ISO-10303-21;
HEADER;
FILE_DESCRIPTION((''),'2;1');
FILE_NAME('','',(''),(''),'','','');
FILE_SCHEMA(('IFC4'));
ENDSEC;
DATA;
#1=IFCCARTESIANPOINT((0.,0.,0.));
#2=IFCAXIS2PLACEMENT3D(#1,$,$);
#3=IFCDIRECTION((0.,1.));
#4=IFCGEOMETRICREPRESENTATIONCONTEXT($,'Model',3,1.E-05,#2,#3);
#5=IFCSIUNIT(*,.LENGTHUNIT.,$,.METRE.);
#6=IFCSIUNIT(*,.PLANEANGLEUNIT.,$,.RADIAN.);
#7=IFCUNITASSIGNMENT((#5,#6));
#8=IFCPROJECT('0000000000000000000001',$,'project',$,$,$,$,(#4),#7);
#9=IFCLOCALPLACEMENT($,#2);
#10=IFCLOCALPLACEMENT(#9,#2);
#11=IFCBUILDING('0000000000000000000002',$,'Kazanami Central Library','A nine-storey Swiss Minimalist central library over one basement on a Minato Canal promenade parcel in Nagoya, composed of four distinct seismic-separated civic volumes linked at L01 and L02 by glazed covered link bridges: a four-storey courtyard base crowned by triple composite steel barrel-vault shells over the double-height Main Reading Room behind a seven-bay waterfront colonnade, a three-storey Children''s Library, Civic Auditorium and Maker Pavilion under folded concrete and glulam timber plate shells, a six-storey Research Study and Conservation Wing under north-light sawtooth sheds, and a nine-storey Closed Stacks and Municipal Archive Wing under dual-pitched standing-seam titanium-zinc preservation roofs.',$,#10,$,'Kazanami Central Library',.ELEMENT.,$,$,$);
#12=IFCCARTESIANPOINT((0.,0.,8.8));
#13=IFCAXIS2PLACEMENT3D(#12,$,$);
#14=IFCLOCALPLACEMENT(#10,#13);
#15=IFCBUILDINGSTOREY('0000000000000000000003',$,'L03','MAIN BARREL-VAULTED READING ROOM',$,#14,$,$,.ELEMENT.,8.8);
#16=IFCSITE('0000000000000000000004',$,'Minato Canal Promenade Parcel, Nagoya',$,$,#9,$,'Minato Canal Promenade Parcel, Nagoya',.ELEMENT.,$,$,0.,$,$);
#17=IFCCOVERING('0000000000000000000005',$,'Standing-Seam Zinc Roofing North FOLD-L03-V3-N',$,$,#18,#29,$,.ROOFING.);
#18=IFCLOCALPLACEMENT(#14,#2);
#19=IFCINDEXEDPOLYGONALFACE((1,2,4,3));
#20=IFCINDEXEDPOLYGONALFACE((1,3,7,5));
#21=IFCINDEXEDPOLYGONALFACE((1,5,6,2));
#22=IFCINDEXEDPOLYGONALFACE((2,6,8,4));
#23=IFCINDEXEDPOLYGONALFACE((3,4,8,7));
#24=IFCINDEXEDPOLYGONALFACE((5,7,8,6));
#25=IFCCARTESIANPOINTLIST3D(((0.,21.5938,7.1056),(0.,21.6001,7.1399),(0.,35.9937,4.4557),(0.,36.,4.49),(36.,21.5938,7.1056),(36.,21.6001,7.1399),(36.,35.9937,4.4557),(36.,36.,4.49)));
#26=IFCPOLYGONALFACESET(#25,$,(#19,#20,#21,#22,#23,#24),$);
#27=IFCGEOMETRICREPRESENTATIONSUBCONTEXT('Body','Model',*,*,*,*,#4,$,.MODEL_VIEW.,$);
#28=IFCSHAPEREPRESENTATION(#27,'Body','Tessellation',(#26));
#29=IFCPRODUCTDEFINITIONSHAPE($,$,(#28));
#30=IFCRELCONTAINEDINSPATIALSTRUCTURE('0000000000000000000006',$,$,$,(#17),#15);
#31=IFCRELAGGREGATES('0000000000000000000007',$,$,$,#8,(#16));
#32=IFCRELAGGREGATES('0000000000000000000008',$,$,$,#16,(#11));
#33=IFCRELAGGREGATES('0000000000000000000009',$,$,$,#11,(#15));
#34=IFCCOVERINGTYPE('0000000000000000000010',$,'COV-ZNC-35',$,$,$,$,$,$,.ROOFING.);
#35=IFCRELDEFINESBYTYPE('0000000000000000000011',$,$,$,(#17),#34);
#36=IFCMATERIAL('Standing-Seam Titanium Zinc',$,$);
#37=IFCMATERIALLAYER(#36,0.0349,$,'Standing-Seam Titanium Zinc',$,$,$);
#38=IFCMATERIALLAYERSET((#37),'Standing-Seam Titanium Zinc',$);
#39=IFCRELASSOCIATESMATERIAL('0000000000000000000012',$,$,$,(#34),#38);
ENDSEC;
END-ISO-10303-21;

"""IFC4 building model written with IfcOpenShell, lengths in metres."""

from ifc_helpers import new_model, si_unit, direction, frame, origin, place, context, subcontext, project, spatial, polyline, outline, extrude, material, layer, layer_set, type_object, element, save


model = new_model("IFC4")

# Units and contexts
model_context = context("Model", 3, precision=1e-05, world=origin(), true_north=direction((0.0, 1.0)))
body_context = subcontext(model_context, "Body", "Model", "MODEL_VIEW")
ifc_project = project(units=[si_unit("LENGTHUNIT", "METRE"), si_unit("PLANEANGLEUNIT", "RADIAN")], contexts=[model_context])

# Site, building, storey
site_placement = place(None, origin())
site = spatial("IfcSite", under=ifc_project, at=site_placement, Name="Minato Canal Promenade Parcel, Nagoya", LongName="Minato Canal Promenade Parcel, Nagoya", CompositionType="ELEMENT", RefElevation=0.0)
building_placement = place(site_placement, origin())
building = spatial("IfcBuilding", under=site, at=building_placement, Name="Kazanami Central Library", Description="A nine-storey Swiss Minimalist central library over one basement on a Minato Canal promenade parcel in Nagoya, composed of four distinct seismic-separated civic volumes linked at L01 and L02 by glazed covered link bridges: a four-storey courtyard base crowned by triple composite steel barrel-vault shells over the double-height Main Reading Room behind a seven-bay waterfront colonnade, a three-storey Children's Library, Civic Auditorium and Maker Pavilion under folded concrete and glulam timber plate shells, a six-storey Research Study and Conservation Wing under north-light sawtooth sheds, and a nine-storey Closed Stacks and Municipal Archive Wing under dual-pitched standing-seam titanium-zinc preservation roofs.", LongName="Kazanami Central Library", CompositionType="ELEMENT")
storey_placement = place(building_placement, frame((0.0, 0.0, 8.8)))
storey = spatial("IfcBuildingStorey", under=building, at=storey_placement, Name="L03", Description="MAIN BARREL-VAULTED READING ROOM", CompositionType="ELEMENT", Elevation=8.8)

# Covering
ifc_material_1 = material(Name="Standing-Seam Titanium Zinc")
ifc_layer_1 = layer(ifc_material_1, 0.0349, Name="Standing-Seam Titanium Zinc")
ifc_layer_set_1 = layer_set([ifc_layer_1], Name="Standing-Seam Titanium Zinc")
covering_type = type_object("IfcCoveringType", Name="COV-ZNC-35", PredefinedType="ROOFING", material=ifc_layer_set_1)
covering_placement = place(storey_placement, frame((36.0, 36.0, 4.49), z_axis=(0.0, 0.180983, 0.983486), x_axis=(-1.0, 0.0, 0.0)))
element("IfcCovering", 1, at=covering_placement, inside=storey, type_object=covering_type, Name="Standing-Seam Zinc Roofing North FOLD-L03-V3-N", PredefinedType="ROOFING", context=body_context, shape_type="SweptSolid", body=[
    extrude(outline(polyline([(0.0, 0.0), (36.0, 0.0), (36.0, 14.6417), (0.0, 14.6417), (0.0, 0.0)])), origin(), (0.0, 0.0, -1.0), 0.0349),
])

save(model, "model.ifc")
